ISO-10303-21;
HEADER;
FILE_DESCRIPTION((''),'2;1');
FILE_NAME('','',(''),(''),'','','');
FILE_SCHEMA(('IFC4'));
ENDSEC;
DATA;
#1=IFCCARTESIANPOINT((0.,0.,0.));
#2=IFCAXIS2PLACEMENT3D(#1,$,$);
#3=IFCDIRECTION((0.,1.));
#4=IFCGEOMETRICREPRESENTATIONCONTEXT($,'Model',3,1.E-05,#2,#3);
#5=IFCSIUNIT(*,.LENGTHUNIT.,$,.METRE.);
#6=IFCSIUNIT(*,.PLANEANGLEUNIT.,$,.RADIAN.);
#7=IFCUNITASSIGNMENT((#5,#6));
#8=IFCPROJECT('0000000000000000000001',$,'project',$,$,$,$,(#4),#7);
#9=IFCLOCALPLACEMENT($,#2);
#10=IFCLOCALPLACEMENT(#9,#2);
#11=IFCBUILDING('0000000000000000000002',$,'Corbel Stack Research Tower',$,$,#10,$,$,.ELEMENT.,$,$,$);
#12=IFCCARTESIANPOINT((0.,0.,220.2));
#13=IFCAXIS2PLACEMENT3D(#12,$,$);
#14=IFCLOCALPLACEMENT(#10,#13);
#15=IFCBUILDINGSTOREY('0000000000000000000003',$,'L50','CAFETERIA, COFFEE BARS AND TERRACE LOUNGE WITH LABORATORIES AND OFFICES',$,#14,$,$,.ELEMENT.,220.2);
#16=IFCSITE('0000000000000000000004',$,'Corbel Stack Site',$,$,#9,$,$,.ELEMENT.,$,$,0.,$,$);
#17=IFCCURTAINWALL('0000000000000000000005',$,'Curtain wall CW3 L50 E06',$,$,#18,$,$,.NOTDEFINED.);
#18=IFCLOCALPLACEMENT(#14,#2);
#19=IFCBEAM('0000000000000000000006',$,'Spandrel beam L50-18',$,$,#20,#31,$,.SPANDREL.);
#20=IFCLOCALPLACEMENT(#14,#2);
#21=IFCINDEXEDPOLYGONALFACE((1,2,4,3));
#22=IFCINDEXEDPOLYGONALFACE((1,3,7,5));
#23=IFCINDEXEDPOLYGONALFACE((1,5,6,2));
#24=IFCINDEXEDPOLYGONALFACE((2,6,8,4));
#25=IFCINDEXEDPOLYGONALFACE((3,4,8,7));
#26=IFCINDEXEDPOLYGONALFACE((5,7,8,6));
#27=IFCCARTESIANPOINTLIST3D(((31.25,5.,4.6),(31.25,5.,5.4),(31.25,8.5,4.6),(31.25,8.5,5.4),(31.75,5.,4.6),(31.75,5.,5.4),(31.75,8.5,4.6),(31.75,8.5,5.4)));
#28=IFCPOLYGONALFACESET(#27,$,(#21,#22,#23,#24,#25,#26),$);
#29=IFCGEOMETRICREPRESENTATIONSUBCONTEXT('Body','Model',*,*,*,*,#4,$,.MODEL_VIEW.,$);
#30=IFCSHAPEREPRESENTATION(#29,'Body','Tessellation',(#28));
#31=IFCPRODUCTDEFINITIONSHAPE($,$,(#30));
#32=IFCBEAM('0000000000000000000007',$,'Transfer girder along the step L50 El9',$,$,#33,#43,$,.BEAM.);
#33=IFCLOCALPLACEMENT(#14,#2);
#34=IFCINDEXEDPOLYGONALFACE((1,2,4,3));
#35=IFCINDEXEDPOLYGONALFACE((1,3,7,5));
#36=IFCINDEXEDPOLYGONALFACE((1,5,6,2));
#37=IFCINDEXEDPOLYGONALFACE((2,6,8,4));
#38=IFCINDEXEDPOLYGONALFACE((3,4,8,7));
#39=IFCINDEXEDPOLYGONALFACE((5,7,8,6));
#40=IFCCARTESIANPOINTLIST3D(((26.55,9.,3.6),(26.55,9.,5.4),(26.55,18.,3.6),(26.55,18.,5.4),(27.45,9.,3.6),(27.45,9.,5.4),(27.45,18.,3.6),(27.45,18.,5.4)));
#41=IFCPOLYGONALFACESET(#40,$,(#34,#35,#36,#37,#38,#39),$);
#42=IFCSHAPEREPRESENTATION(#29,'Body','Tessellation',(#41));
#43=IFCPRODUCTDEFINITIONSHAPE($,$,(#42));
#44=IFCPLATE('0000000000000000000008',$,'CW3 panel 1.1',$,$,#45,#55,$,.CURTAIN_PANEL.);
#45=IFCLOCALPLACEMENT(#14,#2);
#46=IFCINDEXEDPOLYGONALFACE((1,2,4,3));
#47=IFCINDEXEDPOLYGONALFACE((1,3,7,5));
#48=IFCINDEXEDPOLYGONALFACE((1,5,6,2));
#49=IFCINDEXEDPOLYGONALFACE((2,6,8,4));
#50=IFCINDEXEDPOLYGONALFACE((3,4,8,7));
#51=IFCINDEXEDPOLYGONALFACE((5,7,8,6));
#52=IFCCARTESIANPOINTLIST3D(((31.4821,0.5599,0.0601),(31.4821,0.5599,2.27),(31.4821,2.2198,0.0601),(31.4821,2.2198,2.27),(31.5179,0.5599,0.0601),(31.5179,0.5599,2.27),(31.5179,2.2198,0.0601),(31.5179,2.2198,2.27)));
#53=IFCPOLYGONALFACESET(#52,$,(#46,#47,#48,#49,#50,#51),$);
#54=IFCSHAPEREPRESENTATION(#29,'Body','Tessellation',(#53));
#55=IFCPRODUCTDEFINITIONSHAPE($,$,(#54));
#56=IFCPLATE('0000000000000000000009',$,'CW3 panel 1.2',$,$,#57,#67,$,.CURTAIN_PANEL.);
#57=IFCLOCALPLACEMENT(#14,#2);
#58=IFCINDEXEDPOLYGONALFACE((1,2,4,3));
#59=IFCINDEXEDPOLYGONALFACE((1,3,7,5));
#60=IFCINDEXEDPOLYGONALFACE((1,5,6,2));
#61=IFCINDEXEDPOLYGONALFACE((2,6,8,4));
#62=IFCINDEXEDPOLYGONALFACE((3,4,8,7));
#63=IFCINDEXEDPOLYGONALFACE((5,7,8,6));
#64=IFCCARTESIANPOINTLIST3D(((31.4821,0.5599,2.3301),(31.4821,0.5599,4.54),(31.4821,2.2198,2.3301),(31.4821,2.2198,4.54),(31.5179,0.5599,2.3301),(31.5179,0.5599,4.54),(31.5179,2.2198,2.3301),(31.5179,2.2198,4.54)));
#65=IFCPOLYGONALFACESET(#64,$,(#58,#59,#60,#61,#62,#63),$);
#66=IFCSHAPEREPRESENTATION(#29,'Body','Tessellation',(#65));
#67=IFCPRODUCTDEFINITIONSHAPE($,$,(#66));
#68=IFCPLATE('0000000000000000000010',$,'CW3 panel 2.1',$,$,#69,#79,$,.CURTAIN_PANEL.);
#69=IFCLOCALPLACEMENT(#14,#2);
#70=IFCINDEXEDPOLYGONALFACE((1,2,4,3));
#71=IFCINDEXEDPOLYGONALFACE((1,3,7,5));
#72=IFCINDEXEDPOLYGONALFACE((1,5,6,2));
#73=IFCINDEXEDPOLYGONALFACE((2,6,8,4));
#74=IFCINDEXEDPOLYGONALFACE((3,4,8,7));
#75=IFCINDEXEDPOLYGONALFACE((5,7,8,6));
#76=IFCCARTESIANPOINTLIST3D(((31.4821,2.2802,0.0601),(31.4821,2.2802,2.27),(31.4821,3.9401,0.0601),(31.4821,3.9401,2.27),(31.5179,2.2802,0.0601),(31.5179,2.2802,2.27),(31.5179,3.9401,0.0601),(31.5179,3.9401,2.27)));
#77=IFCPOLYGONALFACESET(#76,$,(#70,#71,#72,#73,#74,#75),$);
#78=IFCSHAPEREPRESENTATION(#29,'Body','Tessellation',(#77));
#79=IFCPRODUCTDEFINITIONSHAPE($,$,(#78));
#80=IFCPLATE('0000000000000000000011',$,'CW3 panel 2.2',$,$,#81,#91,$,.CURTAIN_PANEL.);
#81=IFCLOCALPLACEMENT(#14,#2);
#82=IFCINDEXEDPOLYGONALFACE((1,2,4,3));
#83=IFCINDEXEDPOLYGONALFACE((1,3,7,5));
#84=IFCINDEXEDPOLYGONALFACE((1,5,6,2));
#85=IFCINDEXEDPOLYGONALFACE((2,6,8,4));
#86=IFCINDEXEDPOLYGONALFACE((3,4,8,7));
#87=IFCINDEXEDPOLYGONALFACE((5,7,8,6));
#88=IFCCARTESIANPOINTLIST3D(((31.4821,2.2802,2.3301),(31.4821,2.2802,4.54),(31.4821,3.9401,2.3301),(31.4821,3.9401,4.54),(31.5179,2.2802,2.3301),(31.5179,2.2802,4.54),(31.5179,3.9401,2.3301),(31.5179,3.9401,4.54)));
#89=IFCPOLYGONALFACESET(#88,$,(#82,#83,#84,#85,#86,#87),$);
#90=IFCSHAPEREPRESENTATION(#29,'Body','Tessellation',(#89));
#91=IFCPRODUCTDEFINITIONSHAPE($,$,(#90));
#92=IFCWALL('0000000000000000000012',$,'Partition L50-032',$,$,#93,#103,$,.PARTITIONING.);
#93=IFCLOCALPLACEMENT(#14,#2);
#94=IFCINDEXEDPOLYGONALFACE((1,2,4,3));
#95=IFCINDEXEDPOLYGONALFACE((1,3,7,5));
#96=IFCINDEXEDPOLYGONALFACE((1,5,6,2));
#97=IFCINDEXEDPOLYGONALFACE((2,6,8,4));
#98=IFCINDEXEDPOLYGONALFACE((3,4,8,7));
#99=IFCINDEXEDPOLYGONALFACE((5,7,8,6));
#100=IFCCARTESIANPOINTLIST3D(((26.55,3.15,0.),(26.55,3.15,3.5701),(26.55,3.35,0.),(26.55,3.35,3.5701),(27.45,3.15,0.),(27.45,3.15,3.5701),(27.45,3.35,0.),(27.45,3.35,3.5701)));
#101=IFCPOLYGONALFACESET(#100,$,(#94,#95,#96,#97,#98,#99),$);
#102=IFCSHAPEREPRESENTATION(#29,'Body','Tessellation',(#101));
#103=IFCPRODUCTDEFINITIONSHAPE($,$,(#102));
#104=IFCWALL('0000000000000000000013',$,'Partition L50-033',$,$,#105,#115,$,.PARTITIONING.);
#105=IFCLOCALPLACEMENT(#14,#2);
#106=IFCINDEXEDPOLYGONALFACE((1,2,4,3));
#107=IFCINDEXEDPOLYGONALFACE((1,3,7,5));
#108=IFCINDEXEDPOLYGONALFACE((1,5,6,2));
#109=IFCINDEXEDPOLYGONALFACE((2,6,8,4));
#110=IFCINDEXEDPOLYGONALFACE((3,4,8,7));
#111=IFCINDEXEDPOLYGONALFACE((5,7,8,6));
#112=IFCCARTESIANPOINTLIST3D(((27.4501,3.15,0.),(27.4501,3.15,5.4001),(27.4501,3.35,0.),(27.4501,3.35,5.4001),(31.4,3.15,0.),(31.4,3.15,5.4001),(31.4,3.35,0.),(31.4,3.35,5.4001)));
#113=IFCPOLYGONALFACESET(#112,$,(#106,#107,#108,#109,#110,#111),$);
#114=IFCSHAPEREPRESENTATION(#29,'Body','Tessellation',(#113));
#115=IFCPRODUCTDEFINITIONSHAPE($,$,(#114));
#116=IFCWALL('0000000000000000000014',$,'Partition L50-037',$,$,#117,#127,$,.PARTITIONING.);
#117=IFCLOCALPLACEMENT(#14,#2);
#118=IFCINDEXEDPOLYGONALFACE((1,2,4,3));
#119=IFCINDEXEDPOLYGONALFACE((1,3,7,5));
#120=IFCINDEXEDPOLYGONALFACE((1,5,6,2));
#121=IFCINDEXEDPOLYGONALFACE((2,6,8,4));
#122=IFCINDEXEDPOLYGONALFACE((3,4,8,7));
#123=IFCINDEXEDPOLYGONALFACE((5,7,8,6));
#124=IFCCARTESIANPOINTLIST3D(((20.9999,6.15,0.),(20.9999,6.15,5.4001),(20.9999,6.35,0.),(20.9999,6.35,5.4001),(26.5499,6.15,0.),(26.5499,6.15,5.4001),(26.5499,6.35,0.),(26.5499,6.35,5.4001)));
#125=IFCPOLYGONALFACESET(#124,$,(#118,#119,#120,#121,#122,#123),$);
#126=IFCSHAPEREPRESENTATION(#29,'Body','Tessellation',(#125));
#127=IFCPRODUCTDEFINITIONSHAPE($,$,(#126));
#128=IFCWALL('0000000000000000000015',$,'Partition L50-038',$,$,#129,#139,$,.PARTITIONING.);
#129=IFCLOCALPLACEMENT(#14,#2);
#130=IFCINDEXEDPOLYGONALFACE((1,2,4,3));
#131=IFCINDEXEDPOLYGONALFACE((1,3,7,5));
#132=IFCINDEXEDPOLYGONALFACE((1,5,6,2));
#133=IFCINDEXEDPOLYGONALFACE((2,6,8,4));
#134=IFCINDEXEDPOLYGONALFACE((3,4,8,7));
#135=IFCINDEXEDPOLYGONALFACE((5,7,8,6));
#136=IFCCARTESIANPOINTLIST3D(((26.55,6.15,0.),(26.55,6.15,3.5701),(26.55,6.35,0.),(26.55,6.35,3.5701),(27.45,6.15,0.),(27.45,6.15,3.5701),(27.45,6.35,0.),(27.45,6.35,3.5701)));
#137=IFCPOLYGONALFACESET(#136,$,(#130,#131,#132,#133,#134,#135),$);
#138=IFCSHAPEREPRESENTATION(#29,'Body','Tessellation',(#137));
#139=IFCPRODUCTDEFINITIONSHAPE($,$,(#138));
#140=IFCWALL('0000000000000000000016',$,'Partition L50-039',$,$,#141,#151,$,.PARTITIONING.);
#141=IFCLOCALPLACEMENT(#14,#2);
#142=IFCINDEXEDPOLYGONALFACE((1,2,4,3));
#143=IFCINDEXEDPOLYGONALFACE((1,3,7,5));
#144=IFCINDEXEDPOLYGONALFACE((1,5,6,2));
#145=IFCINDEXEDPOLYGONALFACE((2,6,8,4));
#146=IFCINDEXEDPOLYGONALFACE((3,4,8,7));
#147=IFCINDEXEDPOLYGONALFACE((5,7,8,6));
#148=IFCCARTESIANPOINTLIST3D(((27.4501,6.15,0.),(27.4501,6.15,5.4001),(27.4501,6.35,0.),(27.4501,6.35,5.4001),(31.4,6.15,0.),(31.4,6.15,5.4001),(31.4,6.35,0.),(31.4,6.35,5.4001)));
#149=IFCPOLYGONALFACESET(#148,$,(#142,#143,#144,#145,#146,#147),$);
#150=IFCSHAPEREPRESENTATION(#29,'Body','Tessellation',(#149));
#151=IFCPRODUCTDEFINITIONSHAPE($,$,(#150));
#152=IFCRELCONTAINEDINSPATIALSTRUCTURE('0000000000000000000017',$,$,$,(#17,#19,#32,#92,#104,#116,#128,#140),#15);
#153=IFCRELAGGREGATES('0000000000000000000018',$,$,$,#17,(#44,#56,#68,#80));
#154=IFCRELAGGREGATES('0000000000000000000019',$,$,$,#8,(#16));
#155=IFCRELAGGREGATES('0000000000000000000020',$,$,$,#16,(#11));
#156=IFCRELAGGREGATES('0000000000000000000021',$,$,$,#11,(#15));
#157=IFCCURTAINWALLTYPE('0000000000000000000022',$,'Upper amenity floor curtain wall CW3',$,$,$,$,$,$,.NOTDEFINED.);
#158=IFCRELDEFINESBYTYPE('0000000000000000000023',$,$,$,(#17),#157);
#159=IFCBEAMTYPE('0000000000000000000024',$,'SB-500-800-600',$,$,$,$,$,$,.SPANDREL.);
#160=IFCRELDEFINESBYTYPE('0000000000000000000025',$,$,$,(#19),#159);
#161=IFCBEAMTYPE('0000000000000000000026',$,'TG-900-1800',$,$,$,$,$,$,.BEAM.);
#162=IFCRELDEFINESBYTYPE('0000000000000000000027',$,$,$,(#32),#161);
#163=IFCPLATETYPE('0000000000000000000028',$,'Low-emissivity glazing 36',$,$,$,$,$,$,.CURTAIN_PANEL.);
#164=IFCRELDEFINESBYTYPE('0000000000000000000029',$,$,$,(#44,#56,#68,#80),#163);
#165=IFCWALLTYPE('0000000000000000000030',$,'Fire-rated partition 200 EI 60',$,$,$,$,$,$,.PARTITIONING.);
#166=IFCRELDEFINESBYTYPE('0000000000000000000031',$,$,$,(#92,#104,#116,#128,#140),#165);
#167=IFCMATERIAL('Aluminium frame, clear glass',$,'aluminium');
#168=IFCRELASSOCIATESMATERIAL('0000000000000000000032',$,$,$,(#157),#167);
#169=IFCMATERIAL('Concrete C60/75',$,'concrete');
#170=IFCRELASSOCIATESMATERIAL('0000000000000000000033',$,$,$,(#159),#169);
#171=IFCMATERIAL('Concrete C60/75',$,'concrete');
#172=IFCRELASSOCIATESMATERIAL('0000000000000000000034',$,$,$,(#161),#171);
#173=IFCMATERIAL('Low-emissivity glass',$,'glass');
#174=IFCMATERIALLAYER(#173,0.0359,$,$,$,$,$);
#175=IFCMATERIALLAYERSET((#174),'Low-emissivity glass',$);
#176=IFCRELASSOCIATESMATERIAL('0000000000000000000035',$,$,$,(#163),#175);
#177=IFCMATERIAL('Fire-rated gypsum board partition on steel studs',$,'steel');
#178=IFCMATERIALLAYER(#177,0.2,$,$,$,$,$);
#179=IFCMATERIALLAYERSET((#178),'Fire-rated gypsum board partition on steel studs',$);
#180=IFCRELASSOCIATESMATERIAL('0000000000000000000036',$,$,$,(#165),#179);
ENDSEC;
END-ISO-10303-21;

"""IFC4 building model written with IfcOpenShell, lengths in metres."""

from ifc_helpers import new_model, si_unit, direction, frame, frame_2d, origin, origin_2d, place, context, subcontext, project, spatial, rectangle, extrude, material, layer, layer_set, material_profile, profile_set, type_object, element, aggregate, save


model = new_model("IFC4")

# Units and contexts
model_context = context("Model", 3, precision=1e-05, world=origin(), true_north=direction((0.0, 1.0)))
body_context = subcontext(model_context, "Body", "Model", "MODEL_VIEW")
ifc_project = project(units=[si_unit("LENGTHUNIT", "METRE"), si_unit("PLANEANGLEUNIT", "RADIAN")], contexts=[model_context])

# Site, building, storey
site_placement = place(None, origin())
site = spatial("IfcSite", under=ifc_project, at=site_placement, Name="Corbel Stack Site", CompositionType="ELEMENT", RefElevation=0.0)
building_placement = place(site_placement, origin())
building = spatial("IfcBuilding", under=site, at=building_placement, Name="Corbel Stack Research Tower", CompositionType="ELEMENT")
storey_placement = place(building_placement, frame((0.0, 0.0, 220.2)))
storey = spatial("IfcBuildingStorey", under=building, at=storey_placement, Name="L50", Description="CAFETERIA, COFFEE BARS AND TERRACE LOUNGE WITH LABORATORIES AND OFFICES", CompositionType="ELEMENT", Elevation=220.2)

# Curtain wall
ifc_material_1 = material(Name="Aluminium frame, clear glass", Category="aluminium")
curtain_wall_type = type_object("IfcCurtainWallType", Name="Upper amenity floor curtain wall CW3", PredefinedType="NOTDEFINED", material=ifc_material_1)
curtain_wall_placement = place(storey_placement, origin())
curtain_wall = element("IfcCurtainWall", 1, at=curtain_wall_placement, inside=storey, type_object=curtain_wall_type, Name="Curtain wall CW3 L50 E06", PredefinedType="NOTDEFINED")

# Beams
ifc_material_2 = material(Name="Concrete C60/75", Category="concrete")
ifc_material_profile_1 = material_profile(ifc_material_2, rectangle(XDim=0.5, YDim=0.8, at=origin_2d()), Name="RC 500 x 800")
ifc_profile_set_1 = profile_set([ifc_material_profile_1], Name="Concrete C60/75")
beam_type_1 = type_object("IfcBeamType", Name="SB-500-800-600", PredefinedType="SPANDREL", material=ifc_profile_set_1)
for number, where, z_axis, x_axis, name in (
    (2, (31.5, 5.0, 5.0), (0.0, 1.0, 0.0), (-1.0, 0.0, 0.0), "Spandrel beam L50-18"),
):
    element("IfcBeam", number, at=place(storey_placement, frame(where, z_axis=z_axis, x_axis=x_axis)), inside=storey, type_object=beam_type_1, Name=name, PredefinedType="SPANDREL", context=body_context, shape_type="SweptSolid", body=[
        extrude(rectangle(XDim=0.5, YDim=0.8, at=origin_2d()), origin(), (0.0, 0.0, 1.0), 3.5),
    ])
ifc_material_3 = material(Name="Concrete C60/75", Category="concrete")
ifc_material_profile_2 = material_profile(ifc_material_3, rectangle(XDim=0.8999, YDim=1.8, at=origin_2d()), Name="RC 900 x 1800")
ifc_profile_set_2 = profile_set([ifc_material_profile_2], Name="Concrete C60/75")
beam_type_2 = type_object("IfcBeamType", Name="TG-900-1800", PredefinedType="BEAM", material=ifc_profile_set_2)
beam_placement = place(storey_placement, frame((27.0, 9.0, 4.5), z_axis=(0.0, 1.0, 0.0), x_axis=(-1.0, 0.0, 0.0)))
element("IfcBeam", 3, at=beam_placement, inside=storey, type_object=beam_type_2, Name="Transfer girder along the step L50 El9", PredefinedType="BEAM", context=body_context, shape_type="SweptSolid", body=[
    extrude(rectangle(XDim=0.8999, YDim=1.8, at=origin_2d()), origin(), (0.0, 0.0, 1.0), 9.0),
])

# Plates
ifc_material_4 = material(Name="Low-emissivity glass", Category="glass")
ifc_layer_1 = layer(ifc_material_4, 0.0359)
ifc_layer_set_1 = layer_set([ifc_layer_1], Name="Low-emissivity glass")
plate_type = type_object("IfcPlateType", Name="Low-emissivity glazing 36", PredefinedType="CURTAIN_PANEL", material=ifc_layer_set_1)
plate_1_placement = place(storey_placement, frame((31.5, 1.3899, 0.0601), z_axis=(0.0, 0.0, 1.0), x_axis=(0.0, 1.0, 0.0)))
plate_1 = element("IfcPlate", 4, at=plate_1_placement, type_object=plate_type, Name="CW3 panel 1.1", PredefinedType="CURTAIN_PANEL", context=body_context, shape_type="SweptSolid", body=[
    extrude(rectangle(XDim=1.6599, YDim=0.0359, at=origin_2d()), origin(), (0.0, 0.0, 1.0), 2.21),
])
plate_2_placement = place(storey_placement, frame((31.5, 1.3899, 2.3301), z_axis=(0.0, 0.0, 1.0), x_axis=(0.0, 1.0, 0.0)))
plate_2 = element("IfcPlate", 5, at=plate_2_placement, type_object=plate_type, Name="CW3 panel 1.2", PredefinedType="CURTAIN_PANEL", context=body_context, shape_type="SweptSolid", body=[
    extrude(rectangle(XDim=1.6599, YDim=0.0359, at=origin_2d()), origin(), (0.0, 0.0, 1.0), 2.21),
])
plate_3_placement = place(storey_placement, frame((31.5, 3.1101, 0.0601), z_axis=(0.0, 0.0, 1.0), x_axis=(0.0, 1.0, 0.0)))
plate_3 = element("IfcPlate", 6, at=plate_3_placement, type_object=plate_type, Name="CW3 panel 2.1", PredefinedType="CURTAIN_PANEL", context=body_context, shape_type="SweptSolid", body=[
    extrude(rectangle(XDim=1.6599, YDim=0.0359, at=origin_2d()), origin(), (0.0, 0.0, 1.0), 2.21),
])
plate_4_placement = place(storey_placement, frame((31.5, 3.1101, 2.3301), z_axis=(0.0, 0.0, 1.0), x_axis=(0.0, 1.0, 0.0)))
plate_4 = element("IfcPlate", 7, at=plate_4_placement, type_object=plate_type, Name="CW3 panel 2.2", PredefinedType="CURTAIN_PANEL", context=body_context, shape_type="SweptSolid", body=[
    extrude(rectangle(XDim=1.6599, YDim=0.0359, at=origin_2d()), origin(), (0.0, 0.0, 1.0), 2.21),
])
aggregate(curtain_wall, [plate_1, plate_2, plate_3, plate_4])

# Walls
ifc_material_5 = material(Name="Fire-rated gypsum board partition on steel studs", Category="steel")
ifc_layer_2 = layer(ifc_material_5, 0.2)
ifc_layer_set_2 = layer_set([ifc_layer_2], Name="Fire-rated gypsum board partition on steel studs")
wall_type = type_object("IfcWallType", Name="Fire-rated partition 200 EI 60", PredefinedType="PARTITIONING", material=ifc_layer_set_2)
wall_1_placement = place(storey_placement, frame((26.55, 3.25, 0.0), z_axis=(0.0, 0.0, 1.0), x_axis=(1.0, 0.0, 0.0)))
element("IfcWall", 8, at=wall_1_placement, inside=storey, type_object=wall_type, Name="Partition L50-032", PredefinedType="PARTITIONING", context=body_context, shape_type="SweptSolid", body=[
    extrude(rectangle(XDim=0.8999, YDim=0.2, at=frame_2d((0.45, 0.0))), origin(), (0.0, 0.0, 1.0), 3.5701),
])
wall_2_placement = place(storey_placement, frame((27.45, 3.25, 0.0), z_axis=(0.0, 0.0, 1.0), x_axis=(1.0, 0.0, 0.0)))
element("IfcWall", 9, at=wall_2_placement, inside=storey, type_object=wall_type, Name="Partition L50-033", PredefinedType="PARTITIONING", context=body_context, shape_type="SweptSolid", body=[
    extrude(rectangle(XDim=3.95, YDim=0.2, at=frame_2d((1.9751, 0.0))), origin(), (0.0, 0.0, 1.0), 5.4001),
])
wall_3_placement = place(storey_placement, frame((21.0, 6.25, 0.0), z_axis=(0.0, 0.0, 1.0), x_axis=(1.0, 0.0, 0.0)))
element("IfcWall", 10, at=wall_3_placement, inside=storey, type_object=wall_type, Name="Partition L50-037", PredefinedType="PARTITIONING", context=body_context, shape_type="SweptSolid", body=[
    extrude(rectangle(XDim=5.55, YDim=0.2, at=frame_2d((2.7749, 0.0))), origin(), (0.0, 0.0, 1.0), 5.4001),
])
wall_4_placement = place(storey_placement, frame((26.55, 6.25, 0.0), z_axis=(0.0, 0.0, 1.0), x_axis=(1.0, 0.0, 0.0)))
element("IfcWall", 11, at=wall_4_placement, inside=storey, type_object=wall_type, Name="Partition L50-038", PredefinedType="PARTITIONING", context=body_context, shape_type="SweptSolid", body=[
    extrude(rectangle(XDim=0.8999, YDim=0.2, at=frame_2d((0.45, 0.0))), origin(), (0.0, 0.0, 1.0), 3.5701),
])
wall_5_placement = place(storey_placement, frame((27.45, 6.25, 0.0), z_axis=(0.0, 0.0, 1.0), x_axis=(1.0, 0.0, 0.0)))
element("IfcWall", 12, at=wall_5_placement, inside=storey, type_object=wall_type, Name="Partition L50-039", PredefinedType="PARTITIONING", context=body_context, shape_type="SweptSolid", body=[
    extrude(rectangle(XDim=3.95, YDim=0.2, at=frame_2d((1.9751, 0.0))), origin(), (0.0, 0.0, 1.0), 5.4001),
])

save(model, "model.ifc")
